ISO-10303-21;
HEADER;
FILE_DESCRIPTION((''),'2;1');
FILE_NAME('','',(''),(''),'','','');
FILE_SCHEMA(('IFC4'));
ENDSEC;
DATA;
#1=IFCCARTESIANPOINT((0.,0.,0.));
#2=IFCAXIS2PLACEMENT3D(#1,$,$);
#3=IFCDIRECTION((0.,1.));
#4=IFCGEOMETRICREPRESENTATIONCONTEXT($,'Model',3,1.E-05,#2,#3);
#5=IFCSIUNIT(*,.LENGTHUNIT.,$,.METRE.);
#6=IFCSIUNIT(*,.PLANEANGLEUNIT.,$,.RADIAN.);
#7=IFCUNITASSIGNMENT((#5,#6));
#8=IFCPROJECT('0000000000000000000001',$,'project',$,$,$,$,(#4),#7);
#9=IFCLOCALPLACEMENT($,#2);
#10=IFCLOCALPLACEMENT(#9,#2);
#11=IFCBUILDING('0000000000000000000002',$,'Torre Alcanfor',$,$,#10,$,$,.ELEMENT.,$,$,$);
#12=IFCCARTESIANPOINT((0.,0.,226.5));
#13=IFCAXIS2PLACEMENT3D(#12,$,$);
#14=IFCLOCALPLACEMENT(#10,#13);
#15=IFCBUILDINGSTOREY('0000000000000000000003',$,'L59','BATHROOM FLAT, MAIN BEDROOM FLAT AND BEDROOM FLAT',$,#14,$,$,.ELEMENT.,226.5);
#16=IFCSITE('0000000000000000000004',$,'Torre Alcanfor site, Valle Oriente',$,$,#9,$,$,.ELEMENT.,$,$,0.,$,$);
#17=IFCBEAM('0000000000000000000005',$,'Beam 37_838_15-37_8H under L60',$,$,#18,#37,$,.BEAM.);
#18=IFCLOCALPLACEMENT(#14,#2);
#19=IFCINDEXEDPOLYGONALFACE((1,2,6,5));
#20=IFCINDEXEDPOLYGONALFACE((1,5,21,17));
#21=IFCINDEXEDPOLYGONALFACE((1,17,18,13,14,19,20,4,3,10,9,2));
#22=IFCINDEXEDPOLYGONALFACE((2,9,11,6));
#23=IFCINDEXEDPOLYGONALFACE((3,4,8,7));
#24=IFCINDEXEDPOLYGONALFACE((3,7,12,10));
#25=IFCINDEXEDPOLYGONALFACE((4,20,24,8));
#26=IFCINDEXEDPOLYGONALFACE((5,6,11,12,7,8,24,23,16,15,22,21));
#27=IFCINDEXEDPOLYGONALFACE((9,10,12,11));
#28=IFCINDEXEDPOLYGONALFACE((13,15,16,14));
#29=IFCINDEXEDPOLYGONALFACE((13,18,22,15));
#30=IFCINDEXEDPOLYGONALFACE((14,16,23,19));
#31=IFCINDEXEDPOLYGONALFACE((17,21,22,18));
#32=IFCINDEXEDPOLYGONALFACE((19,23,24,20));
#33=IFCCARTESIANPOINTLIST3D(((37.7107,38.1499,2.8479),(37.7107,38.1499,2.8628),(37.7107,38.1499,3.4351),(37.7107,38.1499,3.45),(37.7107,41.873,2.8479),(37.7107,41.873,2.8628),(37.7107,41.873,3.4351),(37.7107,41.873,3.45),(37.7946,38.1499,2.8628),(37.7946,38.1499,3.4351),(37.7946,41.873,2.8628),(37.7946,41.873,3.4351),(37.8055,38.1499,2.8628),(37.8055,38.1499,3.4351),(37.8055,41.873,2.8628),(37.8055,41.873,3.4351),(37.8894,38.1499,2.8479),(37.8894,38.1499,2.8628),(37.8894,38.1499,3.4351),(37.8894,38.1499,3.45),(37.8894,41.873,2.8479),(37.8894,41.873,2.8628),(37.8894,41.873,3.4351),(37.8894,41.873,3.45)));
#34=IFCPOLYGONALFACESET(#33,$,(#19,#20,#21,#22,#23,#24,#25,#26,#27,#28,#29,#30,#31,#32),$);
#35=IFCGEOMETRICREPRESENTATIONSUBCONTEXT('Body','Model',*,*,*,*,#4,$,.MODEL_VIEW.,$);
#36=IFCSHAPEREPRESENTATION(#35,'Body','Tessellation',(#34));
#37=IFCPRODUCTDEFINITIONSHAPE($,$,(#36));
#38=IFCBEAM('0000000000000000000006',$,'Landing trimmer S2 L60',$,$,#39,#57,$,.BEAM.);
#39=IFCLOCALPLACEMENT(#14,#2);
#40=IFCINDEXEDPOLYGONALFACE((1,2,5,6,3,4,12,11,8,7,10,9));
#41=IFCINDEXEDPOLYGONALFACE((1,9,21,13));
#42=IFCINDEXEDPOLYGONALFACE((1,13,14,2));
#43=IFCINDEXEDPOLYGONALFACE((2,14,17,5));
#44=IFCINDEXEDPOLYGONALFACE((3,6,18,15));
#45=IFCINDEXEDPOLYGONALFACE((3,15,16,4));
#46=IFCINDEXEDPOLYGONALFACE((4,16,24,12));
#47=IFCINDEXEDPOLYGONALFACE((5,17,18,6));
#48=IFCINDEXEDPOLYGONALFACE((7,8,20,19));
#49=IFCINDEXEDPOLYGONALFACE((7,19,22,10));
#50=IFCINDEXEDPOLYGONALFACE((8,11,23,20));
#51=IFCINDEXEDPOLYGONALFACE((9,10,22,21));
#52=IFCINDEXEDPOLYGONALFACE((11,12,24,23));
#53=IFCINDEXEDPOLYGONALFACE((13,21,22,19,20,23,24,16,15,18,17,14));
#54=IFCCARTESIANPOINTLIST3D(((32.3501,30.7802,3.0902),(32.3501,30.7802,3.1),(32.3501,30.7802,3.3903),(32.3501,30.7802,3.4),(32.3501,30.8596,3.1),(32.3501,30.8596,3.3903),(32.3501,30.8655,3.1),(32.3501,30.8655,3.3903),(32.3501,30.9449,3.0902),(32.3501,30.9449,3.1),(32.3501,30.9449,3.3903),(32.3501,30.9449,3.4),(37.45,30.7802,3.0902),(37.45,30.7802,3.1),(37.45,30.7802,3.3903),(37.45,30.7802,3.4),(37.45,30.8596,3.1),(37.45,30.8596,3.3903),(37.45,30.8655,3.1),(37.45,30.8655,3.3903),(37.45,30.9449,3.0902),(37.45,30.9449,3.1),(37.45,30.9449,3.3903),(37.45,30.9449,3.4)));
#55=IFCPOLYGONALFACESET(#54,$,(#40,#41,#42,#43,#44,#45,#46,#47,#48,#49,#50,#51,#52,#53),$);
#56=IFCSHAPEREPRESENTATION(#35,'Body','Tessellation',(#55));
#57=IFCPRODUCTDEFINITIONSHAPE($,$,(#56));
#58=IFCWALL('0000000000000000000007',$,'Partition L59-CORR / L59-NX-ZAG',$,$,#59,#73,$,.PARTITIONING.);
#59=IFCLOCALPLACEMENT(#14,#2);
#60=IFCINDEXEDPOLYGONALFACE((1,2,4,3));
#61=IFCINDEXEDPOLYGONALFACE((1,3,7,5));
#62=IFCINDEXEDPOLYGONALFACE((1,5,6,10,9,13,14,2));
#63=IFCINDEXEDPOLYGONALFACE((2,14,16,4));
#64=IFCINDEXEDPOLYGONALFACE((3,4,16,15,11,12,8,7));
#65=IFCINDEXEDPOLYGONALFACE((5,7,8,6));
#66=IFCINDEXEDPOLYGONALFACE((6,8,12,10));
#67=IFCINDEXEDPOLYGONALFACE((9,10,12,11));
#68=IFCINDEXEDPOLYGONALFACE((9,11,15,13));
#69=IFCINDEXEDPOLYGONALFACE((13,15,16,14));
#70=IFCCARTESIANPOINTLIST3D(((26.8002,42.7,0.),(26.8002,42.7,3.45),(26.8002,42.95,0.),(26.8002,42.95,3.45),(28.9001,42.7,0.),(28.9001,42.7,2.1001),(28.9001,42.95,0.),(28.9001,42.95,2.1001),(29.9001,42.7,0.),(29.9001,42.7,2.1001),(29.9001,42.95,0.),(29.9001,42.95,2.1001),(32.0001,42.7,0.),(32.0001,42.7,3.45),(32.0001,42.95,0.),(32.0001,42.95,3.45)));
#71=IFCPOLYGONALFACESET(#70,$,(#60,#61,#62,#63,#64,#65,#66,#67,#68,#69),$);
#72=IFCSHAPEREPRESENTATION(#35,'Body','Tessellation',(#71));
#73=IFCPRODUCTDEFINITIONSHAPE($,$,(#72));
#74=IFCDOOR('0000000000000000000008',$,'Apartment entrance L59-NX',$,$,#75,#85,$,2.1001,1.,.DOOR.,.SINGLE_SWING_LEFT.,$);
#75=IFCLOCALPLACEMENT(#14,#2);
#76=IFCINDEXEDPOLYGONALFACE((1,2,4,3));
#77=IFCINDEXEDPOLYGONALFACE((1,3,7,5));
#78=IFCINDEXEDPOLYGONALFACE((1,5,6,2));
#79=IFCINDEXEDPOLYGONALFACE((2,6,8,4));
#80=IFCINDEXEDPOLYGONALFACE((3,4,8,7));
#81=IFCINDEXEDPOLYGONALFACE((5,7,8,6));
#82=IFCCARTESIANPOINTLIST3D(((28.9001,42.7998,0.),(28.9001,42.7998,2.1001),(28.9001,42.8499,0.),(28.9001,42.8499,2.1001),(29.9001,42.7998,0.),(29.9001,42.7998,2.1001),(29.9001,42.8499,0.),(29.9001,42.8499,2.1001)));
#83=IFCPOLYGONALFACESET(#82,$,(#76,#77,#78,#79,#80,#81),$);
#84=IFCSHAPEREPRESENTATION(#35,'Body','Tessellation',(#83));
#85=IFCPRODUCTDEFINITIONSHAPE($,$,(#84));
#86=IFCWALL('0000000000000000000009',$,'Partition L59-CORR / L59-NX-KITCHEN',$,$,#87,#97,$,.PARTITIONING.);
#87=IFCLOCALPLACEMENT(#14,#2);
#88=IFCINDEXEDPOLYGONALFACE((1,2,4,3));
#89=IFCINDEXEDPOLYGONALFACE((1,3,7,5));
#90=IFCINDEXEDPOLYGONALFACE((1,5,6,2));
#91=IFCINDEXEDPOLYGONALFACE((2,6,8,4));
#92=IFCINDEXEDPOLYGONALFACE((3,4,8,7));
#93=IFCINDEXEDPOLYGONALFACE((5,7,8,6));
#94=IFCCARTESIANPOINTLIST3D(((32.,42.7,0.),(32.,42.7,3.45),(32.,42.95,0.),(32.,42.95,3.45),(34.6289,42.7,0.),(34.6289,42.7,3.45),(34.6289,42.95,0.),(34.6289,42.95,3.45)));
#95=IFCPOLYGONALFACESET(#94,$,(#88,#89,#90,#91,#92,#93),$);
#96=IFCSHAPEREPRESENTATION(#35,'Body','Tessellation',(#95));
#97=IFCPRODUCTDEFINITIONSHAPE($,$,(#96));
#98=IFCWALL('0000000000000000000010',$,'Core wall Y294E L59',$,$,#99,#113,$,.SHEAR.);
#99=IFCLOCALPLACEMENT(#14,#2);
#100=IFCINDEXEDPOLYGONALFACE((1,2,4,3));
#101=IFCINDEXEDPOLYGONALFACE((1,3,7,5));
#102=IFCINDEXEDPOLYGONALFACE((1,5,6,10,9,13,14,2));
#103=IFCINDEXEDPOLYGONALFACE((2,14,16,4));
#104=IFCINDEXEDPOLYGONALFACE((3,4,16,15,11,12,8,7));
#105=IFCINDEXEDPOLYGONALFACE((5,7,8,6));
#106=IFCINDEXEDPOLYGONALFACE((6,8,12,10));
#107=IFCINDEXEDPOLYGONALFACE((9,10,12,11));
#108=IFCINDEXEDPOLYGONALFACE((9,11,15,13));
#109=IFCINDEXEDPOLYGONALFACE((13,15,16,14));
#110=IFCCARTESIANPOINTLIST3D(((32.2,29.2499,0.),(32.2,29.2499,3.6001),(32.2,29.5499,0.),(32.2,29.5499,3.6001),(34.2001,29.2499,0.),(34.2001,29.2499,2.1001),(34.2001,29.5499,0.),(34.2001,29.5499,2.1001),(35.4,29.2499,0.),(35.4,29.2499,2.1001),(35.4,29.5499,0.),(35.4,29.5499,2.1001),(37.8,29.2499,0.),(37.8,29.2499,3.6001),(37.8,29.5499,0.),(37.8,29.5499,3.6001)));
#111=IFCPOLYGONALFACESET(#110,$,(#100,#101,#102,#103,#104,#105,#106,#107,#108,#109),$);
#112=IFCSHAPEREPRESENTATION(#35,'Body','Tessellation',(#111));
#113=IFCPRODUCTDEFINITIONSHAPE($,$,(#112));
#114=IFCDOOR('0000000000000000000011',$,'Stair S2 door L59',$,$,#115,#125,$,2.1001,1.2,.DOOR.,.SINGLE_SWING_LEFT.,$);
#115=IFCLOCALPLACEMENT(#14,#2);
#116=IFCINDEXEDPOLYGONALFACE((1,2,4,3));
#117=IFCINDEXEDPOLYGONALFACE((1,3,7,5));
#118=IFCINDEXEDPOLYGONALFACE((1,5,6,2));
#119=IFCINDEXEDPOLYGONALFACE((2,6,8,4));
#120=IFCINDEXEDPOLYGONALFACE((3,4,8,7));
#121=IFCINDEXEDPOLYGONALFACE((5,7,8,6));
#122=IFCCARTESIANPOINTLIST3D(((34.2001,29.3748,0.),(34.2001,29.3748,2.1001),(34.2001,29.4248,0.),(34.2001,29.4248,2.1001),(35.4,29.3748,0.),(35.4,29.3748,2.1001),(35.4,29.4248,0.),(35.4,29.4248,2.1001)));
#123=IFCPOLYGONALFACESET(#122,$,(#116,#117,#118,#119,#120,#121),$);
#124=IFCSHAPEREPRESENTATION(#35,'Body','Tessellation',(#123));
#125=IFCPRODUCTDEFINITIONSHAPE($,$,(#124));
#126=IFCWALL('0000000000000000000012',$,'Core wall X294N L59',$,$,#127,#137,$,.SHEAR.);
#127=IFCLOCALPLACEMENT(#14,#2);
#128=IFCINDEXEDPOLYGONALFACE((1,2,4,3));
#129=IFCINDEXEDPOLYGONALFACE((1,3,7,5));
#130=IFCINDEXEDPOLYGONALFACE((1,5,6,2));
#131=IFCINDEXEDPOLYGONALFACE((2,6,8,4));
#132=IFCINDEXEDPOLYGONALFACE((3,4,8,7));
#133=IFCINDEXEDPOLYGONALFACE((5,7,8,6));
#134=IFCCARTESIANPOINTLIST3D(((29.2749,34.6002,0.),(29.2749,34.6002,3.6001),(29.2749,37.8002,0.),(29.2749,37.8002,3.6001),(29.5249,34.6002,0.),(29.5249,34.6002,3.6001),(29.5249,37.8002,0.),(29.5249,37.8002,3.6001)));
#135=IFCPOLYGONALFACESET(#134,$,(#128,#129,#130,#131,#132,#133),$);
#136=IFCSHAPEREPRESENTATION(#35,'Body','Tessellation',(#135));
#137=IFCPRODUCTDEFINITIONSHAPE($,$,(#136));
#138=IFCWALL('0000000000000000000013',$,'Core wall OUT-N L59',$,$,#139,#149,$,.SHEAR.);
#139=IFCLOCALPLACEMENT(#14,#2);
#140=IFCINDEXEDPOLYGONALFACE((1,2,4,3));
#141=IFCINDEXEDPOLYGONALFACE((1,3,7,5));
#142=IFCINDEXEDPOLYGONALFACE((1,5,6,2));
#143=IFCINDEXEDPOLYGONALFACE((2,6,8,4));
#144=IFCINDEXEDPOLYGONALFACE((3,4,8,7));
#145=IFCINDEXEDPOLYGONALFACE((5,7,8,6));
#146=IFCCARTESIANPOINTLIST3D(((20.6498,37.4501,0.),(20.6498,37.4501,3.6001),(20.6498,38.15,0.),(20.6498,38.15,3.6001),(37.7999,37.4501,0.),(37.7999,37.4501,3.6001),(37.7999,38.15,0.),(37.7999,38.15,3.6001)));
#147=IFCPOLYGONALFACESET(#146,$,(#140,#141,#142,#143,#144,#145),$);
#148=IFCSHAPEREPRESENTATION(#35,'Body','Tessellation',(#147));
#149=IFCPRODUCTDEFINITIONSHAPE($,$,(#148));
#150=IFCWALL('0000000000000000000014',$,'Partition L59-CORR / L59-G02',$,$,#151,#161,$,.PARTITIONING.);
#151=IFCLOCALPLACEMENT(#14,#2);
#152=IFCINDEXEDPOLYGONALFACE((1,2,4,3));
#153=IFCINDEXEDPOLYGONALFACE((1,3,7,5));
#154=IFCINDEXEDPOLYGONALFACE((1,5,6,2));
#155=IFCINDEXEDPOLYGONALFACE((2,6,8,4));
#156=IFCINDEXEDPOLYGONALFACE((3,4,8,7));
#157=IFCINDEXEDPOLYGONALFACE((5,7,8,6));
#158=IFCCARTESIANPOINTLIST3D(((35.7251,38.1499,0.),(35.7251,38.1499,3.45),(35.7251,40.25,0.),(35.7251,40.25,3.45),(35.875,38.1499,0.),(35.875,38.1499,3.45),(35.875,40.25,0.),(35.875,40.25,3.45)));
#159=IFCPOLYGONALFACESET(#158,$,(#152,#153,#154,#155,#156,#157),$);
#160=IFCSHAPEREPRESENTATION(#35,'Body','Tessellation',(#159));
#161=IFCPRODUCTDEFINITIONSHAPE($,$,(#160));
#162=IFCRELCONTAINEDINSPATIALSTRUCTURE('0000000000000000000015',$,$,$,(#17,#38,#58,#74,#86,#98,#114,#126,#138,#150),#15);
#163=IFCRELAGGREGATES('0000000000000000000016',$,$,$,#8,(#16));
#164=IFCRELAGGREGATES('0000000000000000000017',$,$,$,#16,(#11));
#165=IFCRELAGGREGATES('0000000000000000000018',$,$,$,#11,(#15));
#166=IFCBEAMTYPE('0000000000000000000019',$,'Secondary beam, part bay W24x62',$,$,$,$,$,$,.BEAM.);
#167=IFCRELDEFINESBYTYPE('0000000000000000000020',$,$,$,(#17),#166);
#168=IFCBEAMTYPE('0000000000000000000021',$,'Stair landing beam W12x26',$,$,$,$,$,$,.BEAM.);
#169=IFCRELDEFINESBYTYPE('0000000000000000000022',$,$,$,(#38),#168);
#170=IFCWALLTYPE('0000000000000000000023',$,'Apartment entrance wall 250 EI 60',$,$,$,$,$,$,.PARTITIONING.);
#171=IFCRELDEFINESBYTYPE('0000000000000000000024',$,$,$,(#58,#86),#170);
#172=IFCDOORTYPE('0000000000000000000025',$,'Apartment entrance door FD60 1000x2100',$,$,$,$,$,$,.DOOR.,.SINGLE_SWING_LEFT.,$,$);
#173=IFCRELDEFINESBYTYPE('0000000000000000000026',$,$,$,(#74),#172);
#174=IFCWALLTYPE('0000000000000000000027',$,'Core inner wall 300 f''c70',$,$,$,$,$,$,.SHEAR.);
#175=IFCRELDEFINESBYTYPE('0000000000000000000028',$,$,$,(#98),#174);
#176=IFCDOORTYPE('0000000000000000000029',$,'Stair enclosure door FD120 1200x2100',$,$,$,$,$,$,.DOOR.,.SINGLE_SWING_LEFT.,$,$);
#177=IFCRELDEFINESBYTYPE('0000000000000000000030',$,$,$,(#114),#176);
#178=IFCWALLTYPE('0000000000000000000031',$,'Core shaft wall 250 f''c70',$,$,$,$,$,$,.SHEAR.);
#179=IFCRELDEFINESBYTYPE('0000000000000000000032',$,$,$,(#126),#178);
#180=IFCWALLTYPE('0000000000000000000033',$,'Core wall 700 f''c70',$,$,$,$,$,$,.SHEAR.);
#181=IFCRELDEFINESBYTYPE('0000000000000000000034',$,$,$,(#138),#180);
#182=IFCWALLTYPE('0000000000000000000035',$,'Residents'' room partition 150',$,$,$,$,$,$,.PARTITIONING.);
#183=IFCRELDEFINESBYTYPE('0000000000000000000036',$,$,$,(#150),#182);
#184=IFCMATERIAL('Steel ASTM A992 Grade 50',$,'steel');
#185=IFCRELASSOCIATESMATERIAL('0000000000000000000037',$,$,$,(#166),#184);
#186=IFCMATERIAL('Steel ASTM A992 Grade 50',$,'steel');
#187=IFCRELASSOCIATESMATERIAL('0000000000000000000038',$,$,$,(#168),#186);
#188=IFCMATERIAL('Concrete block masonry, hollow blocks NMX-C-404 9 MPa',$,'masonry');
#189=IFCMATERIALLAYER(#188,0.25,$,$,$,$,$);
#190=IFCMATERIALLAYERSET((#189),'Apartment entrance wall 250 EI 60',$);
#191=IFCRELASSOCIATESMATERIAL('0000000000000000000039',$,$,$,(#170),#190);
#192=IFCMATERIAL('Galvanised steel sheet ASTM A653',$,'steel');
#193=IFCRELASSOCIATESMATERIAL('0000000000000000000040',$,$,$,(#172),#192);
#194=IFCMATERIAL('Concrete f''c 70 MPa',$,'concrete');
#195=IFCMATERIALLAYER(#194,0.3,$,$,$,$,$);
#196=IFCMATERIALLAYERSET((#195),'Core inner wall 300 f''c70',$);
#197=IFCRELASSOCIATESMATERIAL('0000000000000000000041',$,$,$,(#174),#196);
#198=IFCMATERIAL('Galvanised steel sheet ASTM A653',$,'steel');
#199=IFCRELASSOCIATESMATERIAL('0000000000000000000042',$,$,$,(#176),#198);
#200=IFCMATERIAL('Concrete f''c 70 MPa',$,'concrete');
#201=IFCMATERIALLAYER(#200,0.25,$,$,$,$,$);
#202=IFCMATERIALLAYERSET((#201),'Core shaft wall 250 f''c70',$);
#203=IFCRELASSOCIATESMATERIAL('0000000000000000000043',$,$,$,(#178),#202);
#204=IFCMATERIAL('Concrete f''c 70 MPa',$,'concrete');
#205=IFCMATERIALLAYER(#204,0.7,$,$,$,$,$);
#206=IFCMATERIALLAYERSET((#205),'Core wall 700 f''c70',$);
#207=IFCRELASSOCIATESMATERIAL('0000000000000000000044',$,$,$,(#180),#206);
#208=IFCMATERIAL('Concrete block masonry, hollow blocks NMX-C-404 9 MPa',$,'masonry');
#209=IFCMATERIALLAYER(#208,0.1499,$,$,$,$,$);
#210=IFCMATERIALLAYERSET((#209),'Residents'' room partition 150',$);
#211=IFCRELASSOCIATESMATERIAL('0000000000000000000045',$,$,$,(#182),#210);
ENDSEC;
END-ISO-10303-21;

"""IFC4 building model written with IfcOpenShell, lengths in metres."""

from ifc_helpers import new_model, si_unit, direction, frame, frame_2d, origin, origin_2d, place, context, subcontext, project, spatial, rectangle, i_section, extrude, material, layer, layer_set, material_profile, profile_set, type_object, element, fill, save


model = new_model("IFC4")

# Units and contexts
model_context = context("Model", 3, precision=1e-05, world=origin(), true_north=direction((0.0, 1.0)))
body_context = subcontext(model_context, "Body", "Model", "MODEL_VIEW")
ifc_project = project(units=[si_unit("LENGTHUNIT", "METRE"), si_unit("PLANEANGLEUNIT", "RADIAN")], contexts=[model_context])

# Site, building, storey
site_placement = place(None, origin())
site = spatial("IfcSite", under=ifc_project, at=site_placement, Name="Torre Alcanfor site, Valle Oriente", CompositionType="ELEMENT", RefElevation=0.0)
building_placement = place(site_placement, origin())
building = spatial("IfcBuilding", under=site, at=building_placement, Name="Torre Alcanfor", CompositionType="ELEMENT")
storey_placement = place(building_placement, frame((0.0, 0.0, 226.5)))
storey = spatial("IfcBuildingStorey", under=building, at=storey_placement, Name="L59", Description="BATHROOM FLAT, MAIN BEDROOM FLAT AND BEDROOM FLAT", CompositionType="ELEMENT", Elevation=226.5)

# Beams
ifc_material_1 = material(Name="Steel ASTM A992 Grade 50", Category="steel")
ifc_material_profile_1 = material_profile(ifc_material_1, i_section(OverallWidth=0.1787, OverallDepth=0.6021, WebThickness=0.011, FlangeThickness=0.0149, at=origin_2d()), Name="W24x62")
ifc_profile_set_1 = profile_set([ifc_material_profile_1], Name="Steel ASTM A992 Grade 50")
beam_type_1 = type_object("IfcBeamType", Name="Secondary beam, part bay W24x62", PredefinedType="BEAM", material=ifc_profile_set_1)
for number, where, z_axis, x_axis, name in (
    (1, (37.8, 38.1499, 3.1489), (0.0, 1.0, 0.0), (-1.0, 0.0, 0.0), "Beam 37_838_15-37_8H under L60"),
):
    element("IfcBeam", number, at=place(storey_placement, frame(where, z_axis=z_axis, x_axis=x_axis)), inside=storey, type_object=beam_type_1, Name=name, PredefinedType="BEAM", context=body_context, shape_type="SweptSolid", body=[
        extrude(i_section(OverallWidth=0.1787, OverallDepth=0.6021, WebThickness=0.011, FlangeThickness=0.0149, at=origin_2d()), origin(), (0.0, 0.0, 1.0), 3.7231),
    ])
ifc_material_2 = material(Name="Steel ASTM A992 Grade 50", Category="steel")
ifc_material_profile_2 = material_profile(ifc_material_2, i_section(OverallWidth=0.1648, OverallDepth=0.3098, WebThickness=0.0059, FlangeThickness=0.0098, at=origin_2d()), Name="W12x26")
ifc_profile_set_2 = profile_set([ifc_material_profile_2], Name="Steel ASTM A992 Grade 50")
beam_type_2 = type_object("IfcBeamType", Name="Stair landing beam W12x26", PredefinedType="BEAM", material=ifc_profile_set_2)
beam_placement = place(storey_placement, frame((32.3501, 30.8625, 3.2451), z_axis=(1.0, 0.0, 0.0), x_axis=(0.0, 1.0, 0.0)))
element("IfcBeam", 2, at=beam_placement, inside=storey, type_object=beam_type_2, Name="Landing trimmer S2 L60", PredefinedType="BEAM", context=body_context, shape_type="SweptSolid", body=[
    extrude(i_section(OverallWidth=0.1648, OverallDepth=0.3098, WebThickness=0.0059, FlangeThickness=0.0098, at=origin_2d()), origin(), (0.0, 0.0, 1.0), 5.0999),
])

# Wall, opening, door
ifc_material_3 = material(Name="Concrete block masonry, hollow blocks NMX-C-404 9 MPa", Category="masonry")
ifc_layer_1 = layer(ifc_material_3, 0.25)
ifc_layer_set_1 = layer_set([ifc_layer_1], Name="Apartment entrance wall 250 EI 60")
wall_type_1 = type_object("IfcWallType", Name="Apartment entrance wall 250 EI 60", PredefinedType="PARTITIONING", material=ifc_layer_set_1)
wall_1_placement = place(storey_placement, frame((26.8, 42.825, 0.0), z_axis=(0.0, 0.0, 1.0), x_axis=(1.0, 0.0, 0.0)))
wall_1 = element("IfcWall", 3, at=wall_1_placement, inside=storey, type_object=wall_type_1, Name="Partition L59-CORR / L59-NX-ZAG", PredefinedType="PARTITIONING", context=body_context, shape_type="SweptSolid", body=[
    extrude(rectangle(XDim=5.2, YDim=0.25, at=frame_2d((2.6001, 0.0))), origin(), (0.0, 0.0, 1.0), 3.45),
])
opening_1_placement = place(wall_1_placement, frame((2.1001, 0.0, 0.0)))
opening_1 = element("IfcOpeningElement", 4, at=opening_1_placement, cuts=wall_1, PredefinedType="OPENING", context=body_context, shape_type="SweptSolid", body=[
    extrude(rectangle(XDim=1.0, YDim=2.1001, at=frame_2d((0.5, 1.05))), frame((0.0, 0.135, 0.0), z_axis=(0.0, -1.0, 0.0), x_axis=(1.0, 0.0, 0.0)), (0.0, 0.0, 1.0), 0.27),
])
ifc_material_4 = material(Name="Galvanised steel sheet ASTM A653", Category="steel")
door_type_1 = type_object("IfcDoorType", Name="Apartment entrance door FD60 1000x2100", OperationType="SINGLE_SWING_LEFT", PredefinedType="DOOR", material=ifc_material_4)
door_1_placement = place(opening_1_placement, origin())
door_1 = element("IfcDoor", 5, at=door_1_placement, inside=storey, type_object=door_type_1, Name="Apartment entrance L59-NX", OperationType="SINGLE_SWING_LEFT", OverallHeight=2.1001, OverallWidth=1.0, PredefinedType="DOOR", context=body_context, shape_type="SweptSolid", body=[
    extrude(rectangle(XDim=1.0, YDim=2.1001, at=frame_2d((0.5, 1.05))), frame((0.0, 0.0249, 0.0), z_axis=(0.0, -1.0, 0.0), x_axis=(1.0, 0.0, 0.0)), (0.0, 0.0, 1.0), 0.05),
])
fill(opening_1, door_1)

# Wall
wall_2_placement = place(storey_placement, frame((32.0, 42.825, 0.0), z_axis=(0.0, 0.0, 1.0), x_axis=(1.0, 0.0, 0.0)))
element("IfcWall", 6, at=wall_2_placement, inside=storey, type_object=wall_type_1, Name="Partition L59-CORR / L59-NX-KITCHEN", PredefinedType="PARTITIONING", context=body_context, shape_type="SweptSolid", body=[
    extrude(rectangle(XDim=2.6289, YDim=0.25, at=frame_2d((1.3145, 0.0))), origin(), (0.0, 0.0, 1.0), 3.45),
])

# Wall, opening, door
ifc_material_5 = material(Name="Concrete f'c 70 MPa", Category="concrete")
ifc_layer_2 = layer(ifc_material_5, 0.3)
ifc_layer_set_2 = layer_set([ifc_layer_2], Name="Core inner wall 300 f'c70")
wall_type_2 = type_object("IfcWallType", Name="Core inner wall 300 f'c70", PredefinedType="SHEAR", material=ifc_layer_set_2)
wall_3_placement = place(storey_placement, frame((32.2, 29.3999, 0.0), z_axis=(0.0, 0.0, 1.0), x_axis=(1.0, 0.0, 0.0)))
wall_3 = element("IfcWall", 7, at=wall_3_placement, inside=storey, type_object=wall_type_2, Name="Core wall Y294E L59", PredefinedType="SHEAR", context=body_context, shape_type="SweptSolid", body=[
    extrude(rectangle(XDim=5.6001, YDim=0.3, at=frame_2d((2.8, 0.0))), origin(), (0.0, 0.0, 1.0), 3.6001),
])
opening_2_placement = place(wall_3_placement, frame((2.0, 0.0, 0.0)))
opening_2 = element("IfcOpeningElement", 8, at=opening_2_placement, cuts=wall_3, PredefinedType="OPENING", context=body_context, shape_type="SweptSolid", body=[
    extrude(rectangle(XDim=1.2, YDim=2.1001, at=frame_2d((0.6001, 1.05))), frame((0.0, 0.1599, 0.0), z_axis=(0.0, -1.0, 0.0), x_axis=(1.0, 0.0, 0.0)), (0.0, 0.0, 1.0), 0.3201),
])
ifc_material_6 = material(Name="Galvanised steel sheet ASTM A653", Category="steel")
door_type_2 = type_object("IfcDoorType", Name="Stair enclosure door FD120 1200x2100", OperationType="SINGLE_SWING_LEFT", PredefinedType="DOOR", material=ifc_material_6)
door_2_placement = place(opening_2_placement, origin())
door_2 = element("IfcDoor", 9, at=door_2_placement, inside=storey, type_object=door_type_2, Name="Stair S2 door L59", OperationType="SINGLE_SWING_LEFT", OverallHeight=2.1001, OverallWidth=1.2, PredefinedType="DOOR", context=body_context, shape_type="SweptSolid", body=[
    extrude(rectangle(XDim=1.2, YDim=2.1001, at=frame_2d((0.6001, 1.05))), frame((0.0, 0.0249, 0.0), z_axis=(0.0, -1.0, 0.0), x_axis=(1.0, 0.0, 0.0)), (0.0, 0.0, 1.0), 0.05),
])
fill(opening_2, door_2)

# Walls
ifc_material_7 = material(Name="Concrete f'c 70 MPa", Category="concrete")
ifc_layer_3 = layer(ifc_material_7, 0.25)
ifc_layer_set_3 = layer_set([ifc_layer_3], Name="Core shaft wall 250 f'c70")
wall_type_3 = type_object("IfcWallType", Name="Core shaft wall 250 f'c70", PredefinedType="SHEAR", material=ifc_layer_set_3)
wall_4_placement = place(storey_placement, frame((29.3999, 34.6001, 0.0), z_axis=(0.0, 0.0, 1.0), x_axis=(0.0, 1.0, 0.0)))
element("IfcWall", 10, at=wall_4_placement, inside=storey, type_object=wall_type_3, Name="Core wall X294N L59", PredefinedType="SHEAR", context=body_context, shape_type="SweptSolid", body=[
    extrude(rectangle(XDim=3.2, YDim=0.25, at=frame_2d((1.6001, 0.0))), origin(), (0.0, 0.0, 1.0), 3.6001),
])
ifc_material_8 = material(Name="Concrete f'c 70 MPa", Category="concrete")
ifc_layer_4 = layer(ifc_material_8, 0.7)
ifc_layer_set_4 = layer_set([ifc_layer_4], Name="Core wall 700 f'c70")
wall_type_4 = type_object("IfcWallType", Name="Core wall 700 f'c70", PredefinedType="SHEAR", material=ifc_layer_set_4)
wall_5_placement = place(storey_placement, frame((37.8, 37.8, 0.0), z_axis=(0.0, 0.0, 1.0), x_axis=(-1.0, 0.0, 0.0)))
element("IfcWall", 11, at=wall_5_placement, inside=storey, type_object=wall_type_4, Name="Core wall OUT-N L59", PredefinedType="SHEAR", context=body_context, shape_type="SweptSolid", body=[
    extrude(rectangle(XDim=17.1501, YDim=0.7, at=frame_2d((8.5752, 0.0))), origin(), (0.0, 0.0, 1.0), 3.6001),
])
ifc_material_9 = material(Name="Concrete block masonry, hollow blocks NMX-C-404 9 MPa", Category="masonry")
ifc_layer_5 = layer(ifc_material_9, 0.1499)
ifc_layer_set_5 = layer_set([ifc_layer_5], Name="Residents' room partition 150")
wall_type_5 = type_object("IfcWallType", Name="Residents' room partition 150", PredefinedType="PARTITIONING", material=ifc_layer_set_5)
wall_6_placement = place(storey_placement, frame((35.8, 40.25, 0.0), z_axis=(0.0, 0.0, 1.0), x_axis=(0.0, -1.0, 0.0)))
element("IfcWall", 12, at=wall_6_placement, inside=storey, type_object=wall_type_5, Name="Partition L59-CORR / L59-G02", PredefinedType="PARTITIONING", context=body_context, shape_type="SweptSolid", body=[
    extrude(rectangle(XDim=2.1001, YDim=0.1499, at=frame_2d((1.05, 0.0))), origin(), (0.0, 0.0, 1.0), 3.45),
])

save(model, "model.ifc")
